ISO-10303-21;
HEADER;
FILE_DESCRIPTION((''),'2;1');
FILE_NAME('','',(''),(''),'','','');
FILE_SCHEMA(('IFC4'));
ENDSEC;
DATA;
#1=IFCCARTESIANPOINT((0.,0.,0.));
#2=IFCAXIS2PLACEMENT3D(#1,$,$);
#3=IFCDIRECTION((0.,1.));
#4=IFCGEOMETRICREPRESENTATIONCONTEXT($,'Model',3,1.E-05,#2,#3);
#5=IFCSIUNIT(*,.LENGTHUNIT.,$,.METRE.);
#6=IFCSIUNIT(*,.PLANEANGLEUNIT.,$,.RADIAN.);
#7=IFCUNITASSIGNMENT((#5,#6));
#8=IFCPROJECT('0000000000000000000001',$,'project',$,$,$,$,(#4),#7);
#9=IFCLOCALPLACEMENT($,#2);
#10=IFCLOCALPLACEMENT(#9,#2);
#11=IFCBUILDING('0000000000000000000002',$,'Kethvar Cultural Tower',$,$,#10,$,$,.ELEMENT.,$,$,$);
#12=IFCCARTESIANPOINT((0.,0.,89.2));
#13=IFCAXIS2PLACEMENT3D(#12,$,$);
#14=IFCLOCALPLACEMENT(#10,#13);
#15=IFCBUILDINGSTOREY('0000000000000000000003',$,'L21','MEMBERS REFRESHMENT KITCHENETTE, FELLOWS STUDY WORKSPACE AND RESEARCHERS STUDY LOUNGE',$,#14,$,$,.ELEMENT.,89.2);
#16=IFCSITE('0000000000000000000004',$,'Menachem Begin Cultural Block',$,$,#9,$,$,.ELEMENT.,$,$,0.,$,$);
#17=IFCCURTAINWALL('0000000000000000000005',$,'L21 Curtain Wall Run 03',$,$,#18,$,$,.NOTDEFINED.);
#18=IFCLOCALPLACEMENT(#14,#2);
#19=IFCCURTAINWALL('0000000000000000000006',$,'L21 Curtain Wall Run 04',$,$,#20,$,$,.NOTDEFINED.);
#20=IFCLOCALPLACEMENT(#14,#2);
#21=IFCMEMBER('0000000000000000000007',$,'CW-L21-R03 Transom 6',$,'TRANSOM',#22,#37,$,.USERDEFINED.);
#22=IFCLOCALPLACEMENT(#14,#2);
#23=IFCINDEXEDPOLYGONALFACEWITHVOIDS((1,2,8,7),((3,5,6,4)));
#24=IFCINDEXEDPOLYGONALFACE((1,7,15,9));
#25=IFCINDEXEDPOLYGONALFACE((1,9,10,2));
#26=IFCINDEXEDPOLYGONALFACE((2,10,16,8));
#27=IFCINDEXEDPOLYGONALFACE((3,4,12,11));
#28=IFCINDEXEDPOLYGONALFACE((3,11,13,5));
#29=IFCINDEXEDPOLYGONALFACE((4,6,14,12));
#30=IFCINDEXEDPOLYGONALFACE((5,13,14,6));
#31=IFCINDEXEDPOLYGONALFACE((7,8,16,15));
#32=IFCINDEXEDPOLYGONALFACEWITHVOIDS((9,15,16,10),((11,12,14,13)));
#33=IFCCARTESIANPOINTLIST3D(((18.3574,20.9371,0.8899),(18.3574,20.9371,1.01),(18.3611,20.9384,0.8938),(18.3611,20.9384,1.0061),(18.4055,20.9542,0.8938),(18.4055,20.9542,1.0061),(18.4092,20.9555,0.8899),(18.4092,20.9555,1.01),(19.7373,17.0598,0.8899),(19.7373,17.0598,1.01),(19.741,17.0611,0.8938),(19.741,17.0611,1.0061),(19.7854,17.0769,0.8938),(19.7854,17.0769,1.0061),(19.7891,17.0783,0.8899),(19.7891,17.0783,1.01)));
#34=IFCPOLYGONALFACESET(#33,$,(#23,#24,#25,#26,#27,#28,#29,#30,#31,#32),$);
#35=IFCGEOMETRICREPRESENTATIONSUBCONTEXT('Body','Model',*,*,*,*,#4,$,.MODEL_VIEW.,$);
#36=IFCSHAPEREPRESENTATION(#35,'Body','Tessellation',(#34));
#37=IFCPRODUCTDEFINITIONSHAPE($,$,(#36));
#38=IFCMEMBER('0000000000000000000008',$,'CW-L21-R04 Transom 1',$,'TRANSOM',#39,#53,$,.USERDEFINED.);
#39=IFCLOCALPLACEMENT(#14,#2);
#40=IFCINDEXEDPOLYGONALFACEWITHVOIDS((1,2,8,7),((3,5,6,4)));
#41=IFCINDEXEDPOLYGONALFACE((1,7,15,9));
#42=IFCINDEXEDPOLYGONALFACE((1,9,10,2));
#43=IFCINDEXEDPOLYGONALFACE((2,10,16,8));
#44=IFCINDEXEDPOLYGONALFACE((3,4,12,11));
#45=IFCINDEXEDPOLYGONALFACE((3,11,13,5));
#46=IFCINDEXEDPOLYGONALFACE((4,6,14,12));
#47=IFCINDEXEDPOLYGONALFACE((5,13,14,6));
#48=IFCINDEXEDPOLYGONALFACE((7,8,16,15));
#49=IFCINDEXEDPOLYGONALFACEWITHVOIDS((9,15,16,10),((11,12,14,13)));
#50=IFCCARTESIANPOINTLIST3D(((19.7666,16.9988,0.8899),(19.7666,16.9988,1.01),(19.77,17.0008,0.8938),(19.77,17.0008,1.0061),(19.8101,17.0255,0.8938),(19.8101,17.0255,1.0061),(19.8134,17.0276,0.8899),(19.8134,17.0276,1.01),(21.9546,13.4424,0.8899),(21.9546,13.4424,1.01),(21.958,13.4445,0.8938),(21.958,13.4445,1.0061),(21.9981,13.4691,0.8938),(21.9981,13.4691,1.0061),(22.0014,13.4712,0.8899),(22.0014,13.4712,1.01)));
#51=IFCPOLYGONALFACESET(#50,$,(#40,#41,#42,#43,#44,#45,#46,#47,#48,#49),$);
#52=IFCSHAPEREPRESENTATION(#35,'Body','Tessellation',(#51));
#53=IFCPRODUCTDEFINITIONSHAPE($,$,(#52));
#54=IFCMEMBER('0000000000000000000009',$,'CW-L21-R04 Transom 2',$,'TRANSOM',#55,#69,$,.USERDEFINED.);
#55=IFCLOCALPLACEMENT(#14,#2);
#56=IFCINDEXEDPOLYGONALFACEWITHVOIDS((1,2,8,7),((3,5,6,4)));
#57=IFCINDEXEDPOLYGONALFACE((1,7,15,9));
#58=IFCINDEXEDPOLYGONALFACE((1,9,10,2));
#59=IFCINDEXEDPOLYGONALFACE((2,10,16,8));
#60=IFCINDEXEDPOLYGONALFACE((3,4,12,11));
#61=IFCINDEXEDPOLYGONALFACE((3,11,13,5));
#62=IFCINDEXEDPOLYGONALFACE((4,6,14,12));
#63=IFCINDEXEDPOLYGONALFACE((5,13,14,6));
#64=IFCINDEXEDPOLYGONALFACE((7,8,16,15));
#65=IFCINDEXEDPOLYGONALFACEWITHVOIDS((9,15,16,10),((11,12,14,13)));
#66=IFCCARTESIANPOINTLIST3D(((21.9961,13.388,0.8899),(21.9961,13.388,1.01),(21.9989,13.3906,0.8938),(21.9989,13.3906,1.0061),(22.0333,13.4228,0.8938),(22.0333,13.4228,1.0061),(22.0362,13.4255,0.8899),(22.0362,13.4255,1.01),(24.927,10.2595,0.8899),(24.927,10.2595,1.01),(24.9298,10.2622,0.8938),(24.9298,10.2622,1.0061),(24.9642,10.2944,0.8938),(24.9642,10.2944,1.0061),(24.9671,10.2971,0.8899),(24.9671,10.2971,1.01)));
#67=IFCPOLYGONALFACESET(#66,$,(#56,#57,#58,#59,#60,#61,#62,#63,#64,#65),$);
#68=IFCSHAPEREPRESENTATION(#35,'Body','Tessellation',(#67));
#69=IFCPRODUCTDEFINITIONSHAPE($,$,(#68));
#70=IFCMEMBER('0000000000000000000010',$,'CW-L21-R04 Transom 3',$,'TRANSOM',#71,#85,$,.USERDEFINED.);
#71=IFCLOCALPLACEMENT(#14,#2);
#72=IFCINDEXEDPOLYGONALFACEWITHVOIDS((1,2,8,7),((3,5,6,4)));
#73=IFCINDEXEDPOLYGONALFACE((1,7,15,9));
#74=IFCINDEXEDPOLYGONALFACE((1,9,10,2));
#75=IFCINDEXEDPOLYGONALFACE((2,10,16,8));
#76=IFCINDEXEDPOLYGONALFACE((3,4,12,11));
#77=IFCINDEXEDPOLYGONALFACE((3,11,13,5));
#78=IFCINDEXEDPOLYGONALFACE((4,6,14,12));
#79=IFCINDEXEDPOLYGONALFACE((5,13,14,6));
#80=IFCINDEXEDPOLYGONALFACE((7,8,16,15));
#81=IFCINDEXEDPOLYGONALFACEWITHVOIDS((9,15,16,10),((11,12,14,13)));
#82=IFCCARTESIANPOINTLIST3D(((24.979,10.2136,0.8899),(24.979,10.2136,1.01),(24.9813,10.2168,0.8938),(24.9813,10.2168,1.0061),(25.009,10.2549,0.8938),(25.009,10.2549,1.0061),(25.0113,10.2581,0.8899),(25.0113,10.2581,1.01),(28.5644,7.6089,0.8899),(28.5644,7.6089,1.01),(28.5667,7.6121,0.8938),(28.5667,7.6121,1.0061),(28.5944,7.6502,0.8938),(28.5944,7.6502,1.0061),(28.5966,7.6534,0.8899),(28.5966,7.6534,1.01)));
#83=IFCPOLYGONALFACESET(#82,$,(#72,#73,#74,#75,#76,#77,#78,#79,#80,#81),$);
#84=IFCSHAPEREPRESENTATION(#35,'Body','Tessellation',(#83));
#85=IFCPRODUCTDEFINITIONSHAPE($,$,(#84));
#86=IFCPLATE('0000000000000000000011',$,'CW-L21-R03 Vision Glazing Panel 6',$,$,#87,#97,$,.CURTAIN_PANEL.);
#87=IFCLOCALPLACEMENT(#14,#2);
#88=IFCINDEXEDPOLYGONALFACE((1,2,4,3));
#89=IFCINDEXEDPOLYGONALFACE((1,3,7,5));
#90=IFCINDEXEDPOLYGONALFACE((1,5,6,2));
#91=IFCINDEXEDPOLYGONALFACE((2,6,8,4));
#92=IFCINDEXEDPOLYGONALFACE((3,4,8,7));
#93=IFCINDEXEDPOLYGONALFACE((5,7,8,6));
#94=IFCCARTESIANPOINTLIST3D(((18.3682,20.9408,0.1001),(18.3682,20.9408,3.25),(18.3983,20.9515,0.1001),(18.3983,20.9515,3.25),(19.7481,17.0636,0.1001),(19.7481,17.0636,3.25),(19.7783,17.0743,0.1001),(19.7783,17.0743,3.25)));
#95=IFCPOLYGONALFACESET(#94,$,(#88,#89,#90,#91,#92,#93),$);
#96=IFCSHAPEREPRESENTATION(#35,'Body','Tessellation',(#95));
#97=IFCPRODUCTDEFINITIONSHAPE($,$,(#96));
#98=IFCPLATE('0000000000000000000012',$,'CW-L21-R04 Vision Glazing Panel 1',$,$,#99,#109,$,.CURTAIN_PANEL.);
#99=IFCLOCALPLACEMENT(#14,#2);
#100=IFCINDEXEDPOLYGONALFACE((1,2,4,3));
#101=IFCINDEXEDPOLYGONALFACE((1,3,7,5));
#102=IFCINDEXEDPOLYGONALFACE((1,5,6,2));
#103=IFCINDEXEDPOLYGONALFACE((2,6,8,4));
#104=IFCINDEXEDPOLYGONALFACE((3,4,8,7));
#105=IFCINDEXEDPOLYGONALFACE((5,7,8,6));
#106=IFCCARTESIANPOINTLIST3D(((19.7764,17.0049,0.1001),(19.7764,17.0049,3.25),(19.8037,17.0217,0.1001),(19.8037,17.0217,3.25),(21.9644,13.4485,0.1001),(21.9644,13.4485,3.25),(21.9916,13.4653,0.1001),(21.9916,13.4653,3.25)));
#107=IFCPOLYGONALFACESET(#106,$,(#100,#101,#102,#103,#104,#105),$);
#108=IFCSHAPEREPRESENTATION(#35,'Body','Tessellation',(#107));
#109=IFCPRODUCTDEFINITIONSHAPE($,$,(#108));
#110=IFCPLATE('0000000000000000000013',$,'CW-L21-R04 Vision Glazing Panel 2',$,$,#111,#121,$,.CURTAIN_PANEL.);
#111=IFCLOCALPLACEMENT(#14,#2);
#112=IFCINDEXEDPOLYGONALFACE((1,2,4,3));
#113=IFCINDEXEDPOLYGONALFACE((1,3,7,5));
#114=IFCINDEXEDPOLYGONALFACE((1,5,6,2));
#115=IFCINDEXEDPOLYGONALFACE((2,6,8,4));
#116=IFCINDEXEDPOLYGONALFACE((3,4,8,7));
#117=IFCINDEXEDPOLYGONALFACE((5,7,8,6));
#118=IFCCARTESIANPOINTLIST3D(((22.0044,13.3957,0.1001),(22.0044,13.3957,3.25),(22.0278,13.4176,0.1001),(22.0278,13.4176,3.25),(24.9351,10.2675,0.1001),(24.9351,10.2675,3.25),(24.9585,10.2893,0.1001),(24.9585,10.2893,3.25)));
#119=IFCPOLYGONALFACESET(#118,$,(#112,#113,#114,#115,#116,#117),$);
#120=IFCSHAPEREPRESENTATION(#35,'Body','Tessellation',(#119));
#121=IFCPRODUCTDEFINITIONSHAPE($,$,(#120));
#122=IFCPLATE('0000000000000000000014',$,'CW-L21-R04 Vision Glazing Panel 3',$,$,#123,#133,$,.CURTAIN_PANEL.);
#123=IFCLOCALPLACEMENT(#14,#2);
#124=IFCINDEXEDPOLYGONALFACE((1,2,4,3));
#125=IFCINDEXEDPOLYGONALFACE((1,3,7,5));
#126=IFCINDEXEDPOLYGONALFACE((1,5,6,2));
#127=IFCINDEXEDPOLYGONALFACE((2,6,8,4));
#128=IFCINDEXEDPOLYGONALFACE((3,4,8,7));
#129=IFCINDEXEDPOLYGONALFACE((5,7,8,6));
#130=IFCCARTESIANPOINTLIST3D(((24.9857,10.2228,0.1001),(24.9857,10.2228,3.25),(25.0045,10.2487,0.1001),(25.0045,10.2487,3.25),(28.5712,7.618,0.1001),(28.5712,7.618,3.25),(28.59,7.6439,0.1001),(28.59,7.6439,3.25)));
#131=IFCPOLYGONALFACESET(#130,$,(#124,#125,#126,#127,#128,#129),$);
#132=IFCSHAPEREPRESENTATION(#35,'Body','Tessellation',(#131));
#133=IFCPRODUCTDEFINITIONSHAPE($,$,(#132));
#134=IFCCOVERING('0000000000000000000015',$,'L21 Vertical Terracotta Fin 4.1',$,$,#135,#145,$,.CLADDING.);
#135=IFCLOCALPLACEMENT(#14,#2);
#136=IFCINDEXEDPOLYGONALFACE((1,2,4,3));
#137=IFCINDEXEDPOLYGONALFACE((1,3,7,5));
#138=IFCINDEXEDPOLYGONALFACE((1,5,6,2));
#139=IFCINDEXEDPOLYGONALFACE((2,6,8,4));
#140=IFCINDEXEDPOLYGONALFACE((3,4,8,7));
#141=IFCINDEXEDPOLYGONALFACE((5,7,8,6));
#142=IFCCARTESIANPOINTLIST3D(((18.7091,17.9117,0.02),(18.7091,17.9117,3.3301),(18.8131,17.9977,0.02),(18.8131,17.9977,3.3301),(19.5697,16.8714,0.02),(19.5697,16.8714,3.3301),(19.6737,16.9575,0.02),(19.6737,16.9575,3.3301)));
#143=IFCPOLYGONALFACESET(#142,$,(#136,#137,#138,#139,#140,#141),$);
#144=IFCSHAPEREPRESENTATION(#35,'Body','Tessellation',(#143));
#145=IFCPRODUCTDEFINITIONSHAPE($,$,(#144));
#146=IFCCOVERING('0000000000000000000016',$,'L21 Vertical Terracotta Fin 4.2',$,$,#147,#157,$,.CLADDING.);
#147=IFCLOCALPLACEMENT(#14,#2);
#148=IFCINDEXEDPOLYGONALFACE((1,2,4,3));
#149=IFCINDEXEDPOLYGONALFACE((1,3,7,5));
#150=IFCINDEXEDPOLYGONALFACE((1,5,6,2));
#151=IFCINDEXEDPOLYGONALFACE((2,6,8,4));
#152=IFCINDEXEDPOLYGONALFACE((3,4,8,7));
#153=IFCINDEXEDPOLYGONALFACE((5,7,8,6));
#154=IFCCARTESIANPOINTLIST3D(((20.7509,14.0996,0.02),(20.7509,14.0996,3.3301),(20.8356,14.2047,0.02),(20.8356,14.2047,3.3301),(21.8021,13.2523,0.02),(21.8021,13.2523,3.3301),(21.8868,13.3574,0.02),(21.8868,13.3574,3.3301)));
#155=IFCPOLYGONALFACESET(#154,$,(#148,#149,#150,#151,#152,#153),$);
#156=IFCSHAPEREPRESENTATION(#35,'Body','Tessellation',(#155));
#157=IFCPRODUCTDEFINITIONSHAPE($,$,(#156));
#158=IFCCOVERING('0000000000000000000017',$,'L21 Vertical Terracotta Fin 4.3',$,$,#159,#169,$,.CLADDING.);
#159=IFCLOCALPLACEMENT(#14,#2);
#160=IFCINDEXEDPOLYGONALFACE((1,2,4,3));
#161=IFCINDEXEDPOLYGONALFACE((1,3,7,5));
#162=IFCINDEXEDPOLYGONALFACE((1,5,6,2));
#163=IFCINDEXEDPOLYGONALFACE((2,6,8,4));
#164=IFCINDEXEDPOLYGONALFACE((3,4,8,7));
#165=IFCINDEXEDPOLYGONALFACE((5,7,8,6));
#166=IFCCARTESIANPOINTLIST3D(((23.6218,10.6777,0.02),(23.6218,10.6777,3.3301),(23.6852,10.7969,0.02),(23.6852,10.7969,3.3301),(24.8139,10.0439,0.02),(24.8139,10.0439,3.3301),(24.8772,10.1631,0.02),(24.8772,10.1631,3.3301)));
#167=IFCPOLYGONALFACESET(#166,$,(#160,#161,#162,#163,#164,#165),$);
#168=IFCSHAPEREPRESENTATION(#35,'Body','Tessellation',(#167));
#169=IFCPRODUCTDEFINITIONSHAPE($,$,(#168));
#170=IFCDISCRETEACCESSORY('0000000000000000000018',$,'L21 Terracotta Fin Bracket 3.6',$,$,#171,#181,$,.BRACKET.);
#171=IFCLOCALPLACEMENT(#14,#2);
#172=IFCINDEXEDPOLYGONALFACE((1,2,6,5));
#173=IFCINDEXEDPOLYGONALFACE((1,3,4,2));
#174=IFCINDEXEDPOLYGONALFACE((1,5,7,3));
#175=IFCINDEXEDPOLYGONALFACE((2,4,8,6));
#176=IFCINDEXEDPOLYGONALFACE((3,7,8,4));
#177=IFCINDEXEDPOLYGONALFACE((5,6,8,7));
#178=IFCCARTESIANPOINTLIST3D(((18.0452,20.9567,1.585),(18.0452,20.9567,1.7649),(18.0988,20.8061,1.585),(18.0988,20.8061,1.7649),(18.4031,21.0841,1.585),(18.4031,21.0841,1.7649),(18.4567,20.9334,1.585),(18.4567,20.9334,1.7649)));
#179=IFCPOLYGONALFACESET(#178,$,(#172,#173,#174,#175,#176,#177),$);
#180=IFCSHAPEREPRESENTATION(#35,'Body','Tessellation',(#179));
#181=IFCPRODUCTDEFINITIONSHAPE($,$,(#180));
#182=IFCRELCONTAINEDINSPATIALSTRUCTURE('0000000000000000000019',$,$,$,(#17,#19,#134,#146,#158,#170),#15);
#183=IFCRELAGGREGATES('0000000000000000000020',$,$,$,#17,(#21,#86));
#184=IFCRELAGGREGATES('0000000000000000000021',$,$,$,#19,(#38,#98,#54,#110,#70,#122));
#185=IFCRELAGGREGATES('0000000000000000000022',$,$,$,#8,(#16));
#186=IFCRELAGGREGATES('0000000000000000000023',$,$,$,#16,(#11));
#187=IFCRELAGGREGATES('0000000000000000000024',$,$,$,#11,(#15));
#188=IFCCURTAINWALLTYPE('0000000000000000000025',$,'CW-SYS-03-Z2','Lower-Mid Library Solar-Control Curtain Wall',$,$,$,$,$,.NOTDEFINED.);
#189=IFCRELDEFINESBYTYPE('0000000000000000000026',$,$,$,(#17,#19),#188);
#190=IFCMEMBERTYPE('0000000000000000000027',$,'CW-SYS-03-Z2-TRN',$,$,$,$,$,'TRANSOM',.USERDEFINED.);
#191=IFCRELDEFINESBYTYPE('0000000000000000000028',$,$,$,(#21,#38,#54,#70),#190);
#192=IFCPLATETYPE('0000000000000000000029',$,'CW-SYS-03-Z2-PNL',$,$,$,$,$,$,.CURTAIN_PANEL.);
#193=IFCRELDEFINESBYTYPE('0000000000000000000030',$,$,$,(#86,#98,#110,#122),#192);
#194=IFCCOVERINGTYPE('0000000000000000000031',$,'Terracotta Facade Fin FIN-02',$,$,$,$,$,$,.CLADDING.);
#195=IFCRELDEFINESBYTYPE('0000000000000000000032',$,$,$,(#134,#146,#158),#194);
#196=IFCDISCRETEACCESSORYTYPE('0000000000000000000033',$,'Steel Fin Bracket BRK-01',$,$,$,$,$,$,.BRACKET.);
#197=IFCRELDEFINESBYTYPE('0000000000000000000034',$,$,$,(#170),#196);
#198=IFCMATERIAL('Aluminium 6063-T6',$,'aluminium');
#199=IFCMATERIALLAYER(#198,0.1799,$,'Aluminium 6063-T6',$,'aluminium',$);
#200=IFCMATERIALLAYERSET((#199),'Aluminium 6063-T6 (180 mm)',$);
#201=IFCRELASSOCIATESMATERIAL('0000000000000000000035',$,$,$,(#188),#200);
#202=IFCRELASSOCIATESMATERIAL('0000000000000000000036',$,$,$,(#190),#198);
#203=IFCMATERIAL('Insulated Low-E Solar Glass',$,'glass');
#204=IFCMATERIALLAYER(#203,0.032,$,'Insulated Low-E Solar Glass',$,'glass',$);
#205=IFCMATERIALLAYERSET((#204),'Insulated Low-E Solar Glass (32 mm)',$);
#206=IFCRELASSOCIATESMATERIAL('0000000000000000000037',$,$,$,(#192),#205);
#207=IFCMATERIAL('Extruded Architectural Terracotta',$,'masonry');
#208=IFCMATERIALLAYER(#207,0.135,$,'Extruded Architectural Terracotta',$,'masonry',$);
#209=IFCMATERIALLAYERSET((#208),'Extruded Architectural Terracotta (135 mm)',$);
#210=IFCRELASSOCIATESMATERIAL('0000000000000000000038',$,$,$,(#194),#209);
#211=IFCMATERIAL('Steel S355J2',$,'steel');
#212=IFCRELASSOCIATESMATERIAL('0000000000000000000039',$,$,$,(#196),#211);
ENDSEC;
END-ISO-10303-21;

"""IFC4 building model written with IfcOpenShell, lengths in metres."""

from ifc_helpers import new_model, si_unit, direction, frame, origin, origin_2d, place, context, subcontext, project, spatial, rectangle, hollow_rectangle, extrude, source, transform, mapped, material, layer, layer_set, material_profile, profile_set, type_object, element, aggregate, save


model = new_model("IFC4")

# Units and contexts
model_context = context("Model", 3, precision=1e-05, world=origin(), true_north=direction((0.0, 1.0)))
body_context = subcontext(model_context, "Body", "Model", "MODEL_VIEW")
ifc_project = project(units=[si_unit("LENGTHUNIT", "METRE"), si_unit("PLANEANGLEUNIT", "RADIAN")], contexts=[model_context])

# Site, building, storey
site_placement = place(None, origin())
site = spatial("IfcSite", under=ifc_project, at=site_placement, Name="Menachem Begin Cultural Block", CompositionType="ELEMENT", RefElevation=0.0)
building_placement = place(site_placement, origin())
building = spatial("IfcBuilding", under=site, at=building_placement, Name="Kethvar Cultural Tower", CompositionType="ELEMENT")
storey_placement = place(building_placement, frame((0.0, 0.0, 89.2)))
storey = spatial("IfcBuildingStorey", under=building, at=storey_placement, Name="L21", Description="MEMBERS REFRESHMENT KITCHENETTE, FELLOWS STUDY WORKSPACE AND RESEARCHERS STUDY LOUNGE", CompositionType="ELEMENT", Elevation=89.2)

# Shared definitions
ifc_material_1 = material(Name="Steel S355J2", Category="steel")

# Curtain walls
ifc_material_2 = material(Name="Aluminium 6063-T6", Category="aluminium")
ifc_layer_1 = layer(ifc_material_2, 0.1799, Name="Aluminium 6063-T6", Category="aluminium")
ifc_layer_set_1 = layer_set([ifc_layer_1], Name="Aluminium 6063-T6 (180 mm)")
curtain_wall_type = type_object("IfcCurtainWallType", Name="CW-SYS-03-Z2", Description="Lower-Mid Library Solar-Control Curtain Wall", PredefinedType="NOTDEFINED", material=ifc_layer_set_1)
curtain_wall_1_placement = place(storey_placement, origin())
curtain_wall_1 = element("IfcCurtainWall", 1, at=curtain_wall_1_placement, inside=storey, type_object=curtain_wall_type, Name="L21 Curtain Wall Run 03", PredefinedType="NOTDEFINED")
curtain_wall_2_placement = place(storey_placement, origin())
curtain_wall_2 = element("IfcCurtainWall", 2, at=curtain_wall_2_placement, inside=storey, type_object=curtain_wall_type, Name="L21 Curtain Wall Run 04", PredefinedType="NOTDEFINED")

# Members
ifc_material_profile_1 = material_profile(ifc_material_2, hollow_rectangle(XDim=0.0549, YDim=0.1201, WallThickness=0.0039, at=origin_2d()), Name="Aluminium 6063-T6 — RHS120x55x4")
ifc_profile_set_1 = profile_set([ifc_material_profile_1], Name="Aluminium 6063-T6 — RHS120x55x4")
member_type_1 = type_object("IfcMemberType", Name="CW-SYS-03-Z2-TRN", ElementType="TRANSOM", PredefinedType="USERDEFINED", material=ifc_profile_set_1)
shared_shape_1 = source(origin(), body_context, "Body", "SweptSolid", [
    extrude(hollow_rectangle(XDim=0.0549, YDim=0.1201, WallThickness=0.0039, at=origin_2d()), origin(), (0.0, 0.0, 1.0), 4.1155),
])
member_1_placement = place(storey_placement, frame((18.3833, 20.9463, 0.95), z_axis=(0.335295, -0.942113, 0.0), x_axis=(0.942113, 0.335295, 0.0)))
member_1 = element("IfcMember", 3, at=member_1_placement, type_object=member_type_1, Name="CW-L21-R03 Transom 6", ObjectType="TRANSOM", PredefinedType="USERDEFINED", context=body_context, shape_type="MappedRepresentation", body=[
    mapped(shared_shape_1, transform((0.0, 0.0, 0.0), scale=1.0)),
])
shared_shape_2 = source(origin(), body_context, "Body", "SweptSolid", [
    extrude(hollow_rectangle(XDim=0.0549, YDim=0.1201, WallThickness=0.0039, at=origin_2d()), origin(), (0.0, 0.0, 1.0), 4.1755),
])
member_2_placement = place(storey_placement, frame((19.79, 17.0132, 0.95), z_axis=(0.524, -0.851719, 0.0), x_axis=(0.851719, 0.524, 0.0)))
member_2 = element("IfcMember", 4, at=member_2_placement, type_object=member_type_1, Name="CW-L21-R04 Transom 1", ObjectType="TRANSOM", PredefinedType="USERDEFINED", context=body_context, shape_type="MappedRepresentation", body=[
    mapped(shared_shape_2, transform((0.0, 0.0, 0.0), scale=1.0)),
])
shared_shape_3 = source(origin(), body_context, "Body", "SweptSolid", [
    extrude(hollow_rectangle(XDim=0.0549, YDim=0.1201, WallThickness=0.0039, at=origin_2d()), origin(), (0.0, 0.0, 1.0), 4.2869),
])
member_3_placement = place(storey_placement, frame((22.0161, 13.4067, 0.95), z_axis=(0.683695, -0.729768, 0.0), x_axis=(0.729768, 0.683695, 0.0)))
member_3 = element("IfcMember", 5, at=member_3_placement, type_object=member_type_1, Name="CW-L21-R04 Transom 2", ObjectType="TRANSOM", PredefinedType="USERDEFINED", context=body_context, shape_type="MappedRepresentation", body=[
    mapped(shared_shape_3, transform((0.0, 0.0, 0.0), scale=1.0)),
])
shared_shape_4 = source(origin(), body_context, "Body", "SweptSolid", [
    extrude(hollow_rectangle(XDim=0.0549, YDim=0.1201, WallThickness=0.0039, at=origin_2d()), origin(), (0.0, 0.0, 1.0), 4.4316),
])
member_4_placement = place(storey_placement, frame((24.9951, 10.2358, 0.95), z_axis=(0.809043, -0.587749, 0.0), x_axis=(0.587749, 0.809043, 0.0)))
member_4 = element("IfcMember", 6, at=member_4_placement, type_object=member_type_1, Name="CW-L21-R04 Transom 3", ObjectType="TRANSOM", PredefinedType="USERDEFINED", context=body_context, shape_type="MappedRepresentation", body=[
    mapped(shared_shape_4, transform((0.0, 0.0, 0.0), scale=1.0)),
])

# Plates
ifc_material_3 = material(Name="Insulated Low-E Solar Glass", Category="glass")
ifc_layer_2 = layer(ifc_material_3, 0.032, Name="Insulated Low-E Solar Glass", Category="glass")
ifc_layer_set_2 = layer_set([ifc_layer_2], Name="Insulated Low-E Solar Glass (32 mm)")
plate_type = type_object("IfcPlateType", Name="CW-SYS-03-Z2-PNL", PredefinedType="CURTAIN_PANEL", material=ifc_layer_set_2)
shared_shape_5 = source(origin(), body_context, "Body", "SweptSolid", [
    extrude(rectangle(XDim=4.1155, YDim=0.032, at=origin_2d()), origin(), (0.0, 0.0, 1.0), 3.1499),
])
plate_1_placement = place(storey_placement, frame((19.0732, 19.0076, 0.1001), z_axis=(0.0, 0.0, 1.0), x_axis=(0.335304, -0.94211, 0.0)))
plate_1 = element("IfcPlate", 7, at=plate_1_placement, type_object=plate_type, Name="CW-L21-R03 Vision Glazing Panel 6", PredefinedType="CURTAIN_PANEL", context=body_context, shape_type="MappedRepresentation", body=[
    mapped(shared_shape_5, transform((0.0, 0.0, 0.0), scale=1.0)),
])
aggregate(curtain_wall_1, [member_1, plate_1])
shared_shape_6 = source(origin(), body_context, "Body", "SweptSolid", [
    extrude(rectangle(XDim=4.1755, YDim=0.032, at=origin_2d()), origin(), (0.0, 0.0, 1.0), 3.1499),
])
plate_2_placement = place(storey_placement, frame((20.884, 15.2351, 0.1001), z_axis=(0.0, 0.0, 1.0), x_axis=(0.524001, -0.851718, 0.0)))
plate_2 = element("IfcPlate", 8, at=plate_2_placement, type_object=plate_type, Name="CW-L21-R04 Vision Glazing Panel 1", PredefinedType="CURTAIN_PANEL", context=body_context, shape_type="MappedRepresentation", body=[
    mapped(shared_shape_6, transform((0.0, 0.0, 0.0), scale=1.0)),
])
shared_shape_7 = source(origin(), body_context, "Body", "SweptSolid", [
    extrude(rectangle(XDim=4.2866, YDim=0.032, at=origin_2d()), origin(), (0.0, 0.0, 1.0), 3.1499),
])
plate_3_placement = place(storey_placement, frame((23.4814, 11.8425, 0.1001), z_axis=(0.0, 0.0, 1.0), x_axis=(0.683681, -0.729781, 0.0)))
plate_3 = element("IfcPlate", 9, at=plate_3_placement, type_object=plate_type, Name="CW-L21-R04 Vision Glazing Panel 2", PredefinedType="CURTAIN_PANEL", context=body_context, shape_type="MappedRepresentation", body=[
    mapped(shared_shape_7, transform((0.0, 0.0, 0.0), scale=1.0)),
])
shared_shape_8 = source(origin(), body_context, "Body", "SweptSolid", [
    extrude(rectangle(XDim=4.4319, YDim=0.032, at=origin_2d()), origin(), (0.0, 0.0, 1.0), 3.1499),
])
plate_4_placement = place(storey_placement, frame((26.7878, 8.9333, 0.1001), z_axis=(0.0, 0.0, 1.0), x_axis=(0.809038, -0.587757, 0.0)))
plate_4 = element("IfcPlate", 10, at=plate_4_placement, type_object=plate_type, Name="CW-L21-R04 Vision Glazing Panel 3", PredefinedType="CURTAIN_PANEL", context=body_context, shape_type="MappedRepresentation", body=[
    mapped(shared_shape_8, transform((0.0, 0.0, 0.0), scale=1.0)),
])
aggregate(curtain_wall_2, [member_2, plate_2, member_3, plate_3, member_4, plate_4])

# Coverings
ifc_material_4 = material(Name="Extruded Architectural Terracotta", Category="masonry")
ifc_layer_3 = layer(ifc_material_4, 0.135, Name="Extruded Architectural Terracotta", Category="masonry")
ifc_layer_set_3 = layer_set([ifc_layer_3], Name="Extruded Architectural Terracotta (135 mm)")
covering_type = type_object("IfcCoveringType", Name="Terracotta Facade Fin FIN-02", PredefinedType="CLADDING", material=ifc_layer_set_3)
shared_shape_9 = source(origin(), body_context, "Body", "SweptSolid", [
    extrude(rectangle(XDim=1.3501, YDim=0.135, at=origin_2d()), origin(), (0.0, 0.0, 1.0), 3.3101),
])
for number, where, z_axis, x_axis, name in (
    (11, (19.1914, 17.4346, 0.02), (0.0, 0.0, 1.0), (-0.637424, 0.770513, 0.0), "L21 Vertical Terracotta Fin 4.1"),
    (12, (21.3188, 13.7285, 0.02), (0.0, 0.0, 1.0), (-0.778572, 0.627555, 0.0), "L21 Vertical Terracotta Fin 4.2"),
    (13, (24.2495, 10.4204, 0.02), (0.0, 0.0, 1.0), (-0.882948, 0.469472, 0.0), "L21 Vertical Terracotta Fin 4.3"),
):
    element("IfcCovering", number, at=place(storey_placement, frame(where, z_axis=z_axis, x_axis=x_axis)), inside=storey, type_object=covering_type, Name=name, PredefinedType="CLADDING", context=body_context, shape_type="MappedRepresentation", body=[
        mapped(shared_shape_9, transform((0.0, 0.0, 0.0), scale=1.0)),
    ])

# Discrete accessory
discrete_accessory_type = type_object("IfcDiscreteAccessoryType", Name="Steel Fin Bracket BRK-01", PredefinedType="BRACKET", material=ifc_material_1)
shared_shape_10 = source(origin(), body_context, "Body", "SweptSolid", [
    extrude(rectangle(XDim=0.3799, YDim=0.1599, at=origin_2d()), origin(), (0.0, 0.0, 1.0), 0.1799),
])
for number, where, z_axis, x_axis, name in (
    (14, (18.251, 20.9451, 1.585), (0.0, 0.0, 1.0), (-0.942116, -0.335287, 0.0), "L21 Terracotta Fin Bracket 3.6"),
):
    element("IfcDiscreteAccessory", number, at=place(storey_placement, frame(where, z_axis=z_axis, x_axis=x_axis)), inside=storey, type_object=discrete_accessory_type, Name=name, PredefinedType="BRACKET", context=body_context, shape_type="MappedRepresentation", body=[
        mapped(shared_shape_10, transform((0.0, 0.0, 0.0), scale=1.0)),
    ])

save(model, "model.ifc")
